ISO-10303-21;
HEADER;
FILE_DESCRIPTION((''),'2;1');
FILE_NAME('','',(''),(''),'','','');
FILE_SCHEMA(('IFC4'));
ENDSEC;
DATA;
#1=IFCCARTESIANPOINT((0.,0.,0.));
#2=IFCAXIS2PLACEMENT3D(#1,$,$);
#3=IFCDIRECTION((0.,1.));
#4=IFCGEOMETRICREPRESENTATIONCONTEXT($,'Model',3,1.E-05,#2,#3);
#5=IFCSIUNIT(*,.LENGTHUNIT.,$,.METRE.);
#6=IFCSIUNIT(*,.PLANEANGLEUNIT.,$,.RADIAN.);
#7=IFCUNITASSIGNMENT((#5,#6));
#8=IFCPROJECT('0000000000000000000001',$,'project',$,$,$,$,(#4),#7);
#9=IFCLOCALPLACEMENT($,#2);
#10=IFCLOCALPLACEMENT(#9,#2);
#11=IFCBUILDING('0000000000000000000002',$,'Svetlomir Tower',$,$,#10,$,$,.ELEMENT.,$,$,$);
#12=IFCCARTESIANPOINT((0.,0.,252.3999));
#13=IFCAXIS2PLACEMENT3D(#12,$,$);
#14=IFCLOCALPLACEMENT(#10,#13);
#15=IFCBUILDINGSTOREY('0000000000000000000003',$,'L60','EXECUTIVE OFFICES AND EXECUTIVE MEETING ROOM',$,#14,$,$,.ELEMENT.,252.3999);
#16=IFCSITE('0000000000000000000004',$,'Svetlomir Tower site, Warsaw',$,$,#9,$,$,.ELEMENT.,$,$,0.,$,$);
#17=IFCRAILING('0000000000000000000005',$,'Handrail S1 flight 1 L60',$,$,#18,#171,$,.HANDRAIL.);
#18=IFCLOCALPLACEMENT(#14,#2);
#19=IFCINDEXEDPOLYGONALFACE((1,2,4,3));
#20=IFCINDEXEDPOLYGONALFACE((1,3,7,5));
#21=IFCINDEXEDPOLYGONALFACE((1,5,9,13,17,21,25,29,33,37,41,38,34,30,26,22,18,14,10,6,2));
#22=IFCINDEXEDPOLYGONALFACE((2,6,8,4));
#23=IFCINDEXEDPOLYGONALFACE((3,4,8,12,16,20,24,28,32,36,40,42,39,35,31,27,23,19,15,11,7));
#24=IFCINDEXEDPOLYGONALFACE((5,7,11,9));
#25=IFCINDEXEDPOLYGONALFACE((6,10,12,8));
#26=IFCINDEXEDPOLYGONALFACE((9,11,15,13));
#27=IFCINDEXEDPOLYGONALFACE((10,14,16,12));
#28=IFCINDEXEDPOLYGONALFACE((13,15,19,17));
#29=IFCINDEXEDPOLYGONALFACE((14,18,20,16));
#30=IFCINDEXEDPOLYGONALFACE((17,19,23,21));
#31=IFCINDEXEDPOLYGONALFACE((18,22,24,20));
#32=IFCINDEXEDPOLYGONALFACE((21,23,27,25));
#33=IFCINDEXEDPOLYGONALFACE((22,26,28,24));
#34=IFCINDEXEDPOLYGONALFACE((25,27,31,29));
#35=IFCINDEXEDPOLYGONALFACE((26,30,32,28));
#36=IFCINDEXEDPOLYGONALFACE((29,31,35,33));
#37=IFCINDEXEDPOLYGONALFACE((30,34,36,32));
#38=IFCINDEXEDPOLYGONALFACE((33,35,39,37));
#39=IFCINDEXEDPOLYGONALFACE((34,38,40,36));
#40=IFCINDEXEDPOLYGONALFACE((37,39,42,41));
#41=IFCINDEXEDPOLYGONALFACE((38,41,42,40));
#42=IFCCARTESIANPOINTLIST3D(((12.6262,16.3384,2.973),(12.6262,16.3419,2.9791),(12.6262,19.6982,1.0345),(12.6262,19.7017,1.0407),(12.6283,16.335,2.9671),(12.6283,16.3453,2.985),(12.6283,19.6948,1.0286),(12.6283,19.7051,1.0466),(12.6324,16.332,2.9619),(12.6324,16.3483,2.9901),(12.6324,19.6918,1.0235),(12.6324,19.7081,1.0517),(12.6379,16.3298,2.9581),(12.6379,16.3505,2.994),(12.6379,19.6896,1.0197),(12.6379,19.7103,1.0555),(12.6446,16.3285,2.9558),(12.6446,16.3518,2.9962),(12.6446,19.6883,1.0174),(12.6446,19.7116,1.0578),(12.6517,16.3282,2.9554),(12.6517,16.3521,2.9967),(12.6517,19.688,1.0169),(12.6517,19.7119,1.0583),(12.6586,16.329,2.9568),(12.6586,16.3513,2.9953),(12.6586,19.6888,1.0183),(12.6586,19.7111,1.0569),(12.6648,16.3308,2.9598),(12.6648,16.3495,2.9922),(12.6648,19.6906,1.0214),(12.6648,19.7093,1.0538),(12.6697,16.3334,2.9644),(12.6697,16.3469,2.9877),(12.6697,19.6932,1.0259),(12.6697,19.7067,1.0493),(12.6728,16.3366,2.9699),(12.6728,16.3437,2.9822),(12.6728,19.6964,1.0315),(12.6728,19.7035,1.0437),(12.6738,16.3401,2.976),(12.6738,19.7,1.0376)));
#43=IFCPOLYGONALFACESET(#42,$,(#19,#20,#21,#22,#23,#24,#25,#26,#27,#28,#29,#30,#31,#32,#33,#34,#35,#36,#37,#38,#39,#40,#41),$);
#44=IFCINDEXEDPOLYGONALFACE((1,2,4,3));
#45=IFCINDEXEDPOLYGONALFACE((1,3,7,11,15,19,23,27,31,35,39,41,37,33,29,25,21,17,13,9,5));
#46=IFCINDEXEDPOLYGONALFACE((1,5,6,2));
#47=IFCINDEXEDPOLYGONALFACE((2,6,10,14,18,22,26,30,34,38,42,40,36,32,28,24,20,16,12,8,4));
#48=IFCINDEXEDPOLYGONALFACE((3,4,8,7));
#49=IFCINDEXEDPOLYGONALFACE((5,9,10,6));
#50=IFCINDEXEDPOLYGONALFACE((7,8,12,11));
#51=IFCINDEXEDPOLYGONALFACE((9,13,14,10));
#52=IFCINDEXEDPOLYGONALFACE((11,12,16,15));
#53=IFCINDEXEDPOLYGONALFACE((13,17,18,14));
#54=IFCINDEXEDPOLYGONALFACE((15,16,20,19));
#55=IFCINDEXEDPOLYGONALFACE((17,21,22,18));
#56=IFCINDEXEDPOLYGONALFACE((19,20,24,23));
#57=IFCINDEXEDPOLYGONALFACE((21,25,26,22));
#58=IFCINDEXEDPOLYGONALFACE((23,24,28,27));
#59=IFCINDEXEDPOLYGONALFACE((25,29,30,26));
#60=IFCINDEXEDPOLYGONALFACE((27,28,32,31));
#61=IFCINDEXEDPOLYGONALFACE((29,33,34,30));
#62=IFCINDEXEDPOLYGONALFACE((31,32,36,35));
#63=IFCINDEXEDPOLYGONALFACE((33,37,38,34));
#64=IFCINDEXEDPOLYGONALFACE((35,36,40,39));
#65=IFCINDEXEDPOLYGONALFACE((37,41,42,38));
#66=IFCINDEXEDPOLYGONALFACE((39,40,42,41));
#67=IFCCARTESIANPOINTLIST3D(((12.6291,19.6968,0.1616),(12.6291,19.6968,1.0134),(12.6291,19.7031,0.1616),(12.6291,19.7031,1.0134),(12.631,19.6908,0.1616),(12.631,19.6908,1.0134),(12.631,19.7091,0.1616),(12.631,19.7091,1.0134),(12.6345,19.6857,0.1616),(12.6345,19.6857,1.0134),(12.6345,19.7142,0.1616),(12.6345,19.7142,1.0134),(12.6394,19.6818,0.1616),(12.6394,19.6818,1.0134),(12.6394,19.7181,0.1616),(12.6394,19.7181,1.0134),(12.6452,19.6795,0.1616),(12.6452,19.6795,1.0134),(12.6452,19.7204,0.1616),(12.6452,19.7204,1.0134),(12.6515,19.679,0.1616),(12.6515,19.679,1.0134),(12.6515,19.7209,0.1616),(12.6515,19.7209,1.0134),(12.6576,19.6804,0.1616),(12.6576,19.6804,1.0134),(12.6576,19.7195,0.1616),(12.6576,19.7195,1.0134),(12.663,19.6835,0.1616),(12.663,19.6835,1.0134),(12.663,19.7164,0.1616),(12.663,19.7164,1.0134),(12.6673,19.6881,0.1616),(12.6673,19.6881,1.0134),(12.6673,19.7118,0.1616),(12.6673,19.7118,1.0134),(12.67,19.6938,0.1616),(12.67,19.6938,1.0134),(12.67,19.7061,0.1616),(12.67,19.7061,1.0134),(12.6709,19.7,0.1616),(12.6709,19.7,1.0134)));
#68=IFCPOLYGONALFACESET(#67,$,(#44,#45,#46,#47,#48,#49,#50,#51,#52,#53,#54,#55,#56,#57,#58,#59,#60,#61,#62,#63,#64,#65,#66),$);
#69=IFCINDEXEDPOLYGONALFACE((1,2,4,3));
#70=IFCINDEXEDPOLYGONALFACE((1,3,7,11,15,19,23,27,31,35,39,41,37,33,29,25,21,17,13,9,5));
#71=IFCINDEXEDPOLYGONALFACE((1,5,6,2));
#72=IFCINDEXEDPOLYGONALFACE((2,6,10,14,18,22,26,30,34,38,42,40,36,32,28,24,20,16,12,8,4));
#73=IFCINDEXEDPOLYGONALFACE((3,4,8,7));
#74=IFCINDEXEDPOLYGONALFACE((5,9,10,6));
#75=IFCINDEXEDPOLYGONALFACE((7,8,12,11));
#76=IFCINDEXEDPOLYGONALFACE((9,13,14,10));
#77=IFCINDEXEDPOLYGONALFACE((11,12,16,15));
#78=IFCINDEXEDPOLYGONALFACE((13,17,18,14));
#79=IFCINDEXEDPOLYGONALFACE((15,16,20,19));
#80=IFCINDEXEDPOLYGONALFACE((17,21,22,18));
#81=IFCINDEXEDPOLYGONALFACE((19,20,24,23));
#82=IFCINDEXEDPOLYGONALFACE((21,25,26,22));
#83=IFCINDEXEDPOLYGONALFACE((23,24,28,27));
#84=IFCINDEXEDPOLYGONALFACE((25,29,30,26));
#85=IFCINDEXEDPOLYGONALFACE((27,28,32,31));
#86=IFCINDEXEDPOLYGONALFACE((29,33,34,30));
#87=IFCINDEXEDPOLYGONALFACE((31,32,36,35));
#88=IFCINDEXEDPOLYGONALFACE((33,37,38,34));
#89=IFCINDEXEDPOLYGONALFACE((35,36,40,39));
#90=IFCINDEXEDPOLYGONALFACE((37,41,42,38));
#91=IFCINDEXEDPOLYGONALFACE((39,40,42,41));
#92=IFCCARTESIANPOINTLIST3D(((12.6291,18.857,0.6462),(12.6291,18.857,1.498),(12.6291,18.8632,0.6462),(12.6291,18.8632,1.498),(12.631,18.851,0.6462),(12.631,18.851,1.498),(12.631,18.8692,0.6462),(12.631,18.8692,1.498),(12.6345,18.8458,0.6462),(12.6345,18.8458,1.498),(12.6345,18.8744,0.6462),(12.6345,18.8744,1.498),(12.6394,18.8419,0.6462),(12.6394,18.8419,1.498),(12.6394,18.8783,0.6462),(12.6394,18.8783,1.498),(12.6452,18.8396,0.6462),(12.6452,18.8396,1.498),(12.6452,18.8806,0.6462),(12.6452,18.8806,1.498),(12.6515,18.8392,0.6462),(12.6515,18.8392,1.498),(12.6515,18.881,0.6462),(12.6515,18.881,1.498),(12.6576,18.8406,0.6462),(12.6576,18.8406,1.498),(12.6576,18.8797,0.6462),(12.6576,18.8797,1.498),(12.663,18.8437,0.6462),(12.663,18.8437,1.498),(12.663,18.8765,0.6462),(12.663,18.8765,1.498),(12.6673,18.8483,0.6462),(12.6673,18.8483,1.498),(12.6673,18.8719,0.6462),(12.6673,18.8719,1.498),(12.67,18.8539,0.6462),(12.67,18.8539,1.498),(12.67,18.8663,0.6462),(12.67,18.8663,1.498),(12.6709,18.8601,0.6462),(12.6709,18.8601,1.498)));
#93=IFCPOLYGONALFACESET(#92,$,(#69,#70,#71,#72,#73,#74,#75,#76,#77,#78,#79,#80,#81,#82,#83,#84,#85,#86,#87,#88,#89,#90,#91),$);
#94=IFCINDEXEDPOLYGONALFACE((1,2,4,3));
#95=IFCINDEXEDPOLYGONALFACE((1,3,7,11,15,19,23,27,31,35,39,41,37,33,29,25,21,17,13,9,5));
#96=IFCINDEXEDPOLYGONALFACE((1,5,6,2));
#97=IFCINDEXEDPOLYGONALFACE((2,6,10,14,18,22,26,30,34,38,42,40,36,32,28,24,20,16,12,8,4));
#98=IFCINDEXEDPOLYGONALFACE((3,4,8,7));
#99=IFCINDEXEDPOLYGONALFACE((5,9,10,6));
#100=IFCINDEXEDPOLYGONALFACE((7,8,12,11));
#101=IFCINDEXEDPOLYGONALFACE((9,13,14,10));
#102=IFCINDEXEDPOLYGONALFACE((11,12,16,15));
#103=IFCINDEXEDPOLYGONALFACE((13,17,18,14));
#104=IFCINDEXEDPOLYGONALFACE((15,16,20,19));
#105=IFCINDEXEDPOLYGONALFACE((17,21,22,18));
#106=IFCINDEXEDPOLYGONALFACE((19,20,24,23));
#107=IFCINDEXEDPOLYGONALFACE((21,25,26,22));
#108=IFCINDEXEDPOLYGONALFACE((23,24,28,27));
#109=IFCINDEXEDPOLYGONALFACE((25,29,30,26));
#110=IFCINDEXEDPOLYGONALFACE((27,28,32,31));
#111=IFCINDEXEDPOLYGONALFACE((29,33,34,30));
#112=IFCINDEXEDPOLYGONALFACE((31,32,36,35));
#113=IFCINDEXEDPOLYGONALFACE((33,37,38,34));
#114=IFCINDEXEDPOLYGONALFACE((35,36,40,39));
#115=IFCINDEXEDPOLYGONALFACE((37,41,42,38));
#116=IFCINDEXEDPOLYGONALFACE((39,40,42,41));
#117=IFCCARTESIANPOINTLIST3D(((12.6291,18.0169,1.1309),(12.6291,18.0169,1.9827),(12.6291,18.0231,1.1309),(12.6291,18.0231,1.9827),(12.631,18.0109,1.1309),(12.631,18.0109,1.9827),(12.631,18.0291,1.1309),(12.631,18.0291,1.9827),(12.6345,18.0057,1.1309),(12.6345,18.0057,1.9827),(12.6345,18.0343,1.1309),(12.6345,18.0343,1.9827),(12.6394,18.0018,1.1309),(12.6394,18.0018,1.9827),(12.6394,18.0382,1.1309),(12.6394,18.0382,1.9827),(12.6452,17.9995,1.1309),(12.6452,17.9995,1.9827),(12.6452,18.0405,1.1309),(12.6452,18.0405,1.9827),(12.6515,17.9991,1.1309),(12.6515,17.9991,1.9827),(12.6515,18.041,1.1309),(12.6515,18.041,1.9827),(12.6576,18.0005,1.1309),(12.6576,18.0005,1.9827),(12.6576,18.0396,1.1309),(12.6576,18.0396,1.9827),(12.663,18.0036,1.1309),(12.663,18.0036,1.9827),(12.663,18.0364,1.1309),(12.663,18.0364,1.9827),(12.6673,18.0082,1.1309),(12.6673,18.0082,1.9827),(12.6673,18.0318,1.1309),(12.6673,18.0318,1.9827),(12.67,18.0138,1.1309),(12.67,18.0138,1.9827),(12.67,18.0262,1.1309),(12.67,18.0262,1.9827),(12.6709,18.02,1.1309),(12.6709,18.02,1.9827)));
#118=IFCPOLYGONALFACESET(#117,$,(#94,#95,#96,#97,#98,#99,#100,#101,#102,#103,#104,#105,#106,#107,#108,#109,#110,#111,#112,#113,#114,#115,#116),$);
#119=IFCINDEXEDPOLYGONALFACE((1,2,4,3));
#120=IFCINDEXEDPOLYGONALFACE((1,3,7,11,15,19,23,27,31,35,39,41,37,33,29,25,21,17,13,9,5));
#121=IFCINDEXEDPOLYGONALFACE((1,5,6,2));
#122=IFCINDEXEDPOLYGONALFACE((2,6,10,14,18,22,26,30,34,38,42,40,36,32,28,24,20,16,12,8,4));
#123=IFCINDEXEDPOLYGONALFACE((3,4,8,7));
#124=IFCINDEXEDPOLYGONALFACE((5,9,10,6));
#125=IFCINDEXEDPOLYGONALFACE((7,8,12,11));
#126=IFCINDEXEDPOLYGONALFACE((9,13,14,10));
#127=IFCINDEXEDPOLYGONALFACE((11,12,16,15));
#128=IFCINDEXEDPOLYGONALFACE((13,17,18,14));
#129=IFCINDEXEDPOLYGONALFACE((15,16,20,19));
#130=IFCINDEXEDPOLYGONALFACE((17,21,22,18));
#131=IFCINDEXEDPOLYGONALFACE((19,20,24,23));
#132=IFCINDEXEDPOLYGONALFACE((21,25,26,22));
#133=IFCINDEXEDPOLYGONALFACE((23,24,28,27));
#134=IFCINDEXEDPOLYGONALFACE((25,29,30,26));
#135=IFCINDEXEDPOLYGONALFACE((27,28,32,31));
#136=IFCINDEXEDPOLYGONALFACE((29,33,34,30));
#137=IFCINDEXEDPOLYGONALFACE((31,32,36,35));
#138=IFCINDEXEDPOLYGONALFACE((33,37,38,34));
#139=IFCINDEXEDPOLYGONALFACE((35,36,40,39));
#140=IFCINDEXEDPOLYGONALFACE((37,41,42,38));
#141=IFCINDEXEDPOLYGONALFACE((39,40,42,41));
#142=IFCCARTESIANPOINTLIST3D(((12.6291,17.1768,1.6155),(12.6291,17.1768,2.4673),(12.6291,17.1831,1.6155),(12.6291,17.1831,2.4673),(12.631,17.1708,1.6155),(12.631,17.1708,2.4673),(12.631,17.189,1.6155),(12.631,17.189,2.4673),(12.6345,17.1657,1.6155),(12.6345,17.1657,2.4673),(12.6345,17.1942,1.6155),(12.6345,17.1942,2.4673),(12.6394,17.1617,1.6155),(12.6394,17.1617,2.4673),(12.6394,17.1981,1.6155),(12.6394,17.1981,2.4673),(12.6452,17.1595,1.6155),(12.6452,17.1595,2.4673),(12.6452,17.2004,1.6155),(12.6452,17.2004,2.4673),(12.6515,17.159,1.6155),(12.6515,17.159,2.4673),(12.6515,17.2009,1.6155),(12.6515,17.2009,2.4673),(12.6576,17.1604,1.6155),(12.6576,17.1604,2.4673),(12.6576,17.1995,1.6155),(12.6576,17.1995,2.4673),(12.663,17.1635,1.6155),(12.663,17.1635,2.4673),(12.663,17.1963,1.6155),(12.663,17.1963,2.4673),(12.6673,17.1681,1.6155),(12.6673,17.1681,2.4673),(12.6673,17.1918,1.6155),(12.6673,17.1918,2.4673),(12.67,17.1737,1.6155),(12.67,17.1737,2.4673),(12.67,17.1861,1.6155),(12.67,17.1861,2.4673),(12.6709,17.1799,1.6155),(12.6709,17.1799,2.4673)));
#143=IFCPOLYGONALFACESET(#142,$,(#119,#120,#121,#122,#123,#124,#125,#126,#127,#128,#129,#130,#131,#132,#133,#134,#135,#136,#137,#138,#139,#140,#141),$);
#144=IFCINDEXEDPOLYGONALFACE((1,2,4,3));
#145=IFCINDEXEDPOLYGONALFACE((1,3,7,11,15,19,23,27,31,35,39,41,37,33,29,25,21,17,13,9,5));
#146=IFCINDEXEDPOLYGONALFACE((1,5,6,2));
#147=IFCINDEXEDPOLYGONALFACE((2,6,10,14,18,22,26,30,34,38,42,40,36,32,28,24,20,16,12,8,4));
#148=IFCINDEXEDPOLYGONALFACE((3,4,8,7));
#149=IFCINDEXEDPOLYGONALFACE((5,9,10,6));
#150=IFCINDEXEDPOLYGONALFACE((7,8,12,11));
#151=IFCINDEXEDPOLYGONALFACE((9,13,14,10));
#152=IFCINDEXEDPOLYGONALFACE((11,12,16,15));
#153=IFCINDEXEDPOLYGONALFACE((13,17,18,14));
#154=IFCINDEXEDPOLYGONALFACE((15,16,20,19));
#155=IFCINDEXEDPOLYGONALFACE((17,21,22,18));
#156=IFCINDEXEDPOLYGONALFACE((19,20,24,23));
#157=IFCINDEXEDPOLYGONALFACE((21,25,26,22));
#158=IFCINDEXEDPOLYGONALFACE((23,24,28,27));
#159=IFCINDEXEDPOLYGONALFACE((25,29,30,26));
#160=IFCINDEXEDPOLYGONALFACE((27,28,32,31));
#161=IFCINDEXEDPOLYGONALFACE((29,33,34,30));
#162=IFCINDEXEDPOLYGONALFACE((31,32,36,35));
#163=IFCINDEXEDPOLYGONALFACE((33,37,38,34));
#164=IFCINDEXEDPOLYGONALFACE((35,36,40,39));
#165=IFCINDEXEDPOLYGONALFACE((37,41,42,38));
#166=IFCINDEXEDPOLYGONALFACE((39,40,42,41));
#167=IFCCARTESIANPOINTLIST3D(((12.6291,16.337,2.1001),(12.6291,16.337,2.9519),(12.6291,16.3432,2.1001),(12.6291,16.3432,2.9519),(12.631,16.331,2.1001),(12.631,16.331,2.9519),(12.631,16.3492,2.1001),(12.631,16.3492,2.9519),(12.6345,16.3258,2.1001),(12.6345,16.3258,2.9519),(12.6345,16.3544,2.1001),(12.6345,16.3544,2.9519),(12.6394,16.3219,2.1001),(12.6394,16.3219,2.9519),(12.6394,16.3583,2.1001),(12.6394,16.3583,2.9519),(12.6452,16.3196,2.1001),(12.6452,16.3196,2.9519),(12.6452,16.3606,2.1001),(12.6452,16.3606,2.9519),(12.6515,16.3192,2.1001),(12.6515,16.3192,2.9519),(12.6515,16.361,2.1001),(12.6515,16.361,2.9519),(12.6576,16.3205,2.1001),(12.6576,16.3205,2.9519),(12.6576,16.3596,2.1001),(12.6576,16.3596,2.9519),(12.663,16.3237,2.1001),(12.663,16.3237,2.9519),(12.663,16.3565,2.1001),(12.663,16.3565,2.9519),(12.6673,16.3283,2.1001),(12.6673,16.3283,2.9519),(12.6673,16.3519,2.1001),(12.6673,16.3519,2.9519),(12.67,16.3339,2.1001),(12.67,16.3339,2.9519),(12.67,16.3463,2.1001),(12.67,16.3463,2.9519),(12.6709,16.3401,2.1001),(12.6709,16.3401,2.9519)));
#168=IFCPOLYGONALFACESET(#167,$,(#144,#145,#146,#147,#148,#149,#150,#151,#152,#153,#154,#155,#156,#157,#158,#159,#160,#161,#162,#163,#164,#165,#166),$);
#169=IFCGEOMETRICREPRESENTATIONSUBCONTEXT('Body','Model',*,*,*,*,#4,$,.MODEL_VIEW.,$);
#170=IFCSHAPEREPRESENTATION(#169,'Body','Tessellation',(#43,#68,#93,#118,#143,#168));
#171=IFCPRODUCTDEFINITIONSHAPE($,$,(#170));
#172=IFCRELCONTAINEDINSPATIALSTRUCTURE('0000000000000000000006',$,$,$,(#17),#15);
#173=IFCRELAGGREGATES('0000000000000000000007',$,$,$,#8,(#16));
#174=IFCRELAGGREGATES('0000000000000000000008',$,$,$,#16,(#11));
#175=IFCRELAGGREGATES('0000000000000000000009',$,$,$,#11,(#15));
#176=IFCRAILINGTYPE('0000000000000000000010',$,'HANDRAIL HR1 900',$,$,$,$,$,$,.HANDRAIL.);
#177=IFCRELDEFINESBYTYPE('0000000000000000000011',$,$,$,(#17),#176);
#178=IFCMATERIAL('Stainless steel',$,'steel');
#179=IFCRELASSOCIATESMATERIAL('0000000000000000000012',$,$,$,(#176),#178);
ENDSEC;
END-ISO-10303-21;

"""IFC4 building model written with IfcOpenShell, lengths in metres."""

from ifc_helpers import new_model, si_unit, direction, frame, origin, origin_2d, place, context, subcontext, project, spatial, circle, extrude, material, type_object, element, save


model = new_model("IFC4")

# Units and contexts
model_context = context("Model", 3, precision=1e-05, world=origin(), true_north=direction((0.0, 1.0)))
body_context = subcontext(model_context, "Body", "Model", "MODEL_VIEW")
ifc_project = project(units=[si_unit("LENGTHUNIT", "METRE"), si_unit("PLANEANGLEUNIT", "RADIAN")], contexts=[model_context])

# Site, building, storey
site_placement = place(None, origin())
site = spatial("IfcSite", under=ifc_project, at=site_placement, Name="Svetlomir Tower site, Warsaw", CompositionType="ELEMENT", RefElevation=0.0)
building_placement = place(site_placement, origin())
building = spatial("IfcBuilding", under=site, at=building_placement, Name="Svetlomir Tower", CompositionType="ELEMENT")
storey_placement = place(building_placement, frame((0.0, 0.0, 252.3999)))
storey = spatial("IfcBuildingStorey", under=building, at=storey_placement, Name="L60", Description="EXECUTIVE OFFICES AND EXECUTIVE MEETING ROOM", CompositionType="ELEMENT", Elevation=252.3999)

# Railing
ifc_material_1 = material(Name="Stainless steel", Category="steel")
railing_type = type_object("IfcRailingType", Name="HANDRAIL HR1 900", PredefinedType="HANDRAIL", material=ifc_material_1)
railing_placement = place(storey_placement, frame((12.6499, 19.7, 0.1616)))
element("IfcRailing", 1, at=railing_placement, inside=storey, type_object=railing_type, Name="Handrail S1 flight 1 L60", PredefinedType="HANDRAIL", context=body_context, shape_type="SweptSolid", body=[
    extrude(circle(Radius=0.0239, at=origin_2d()), frame((0.0, 0.0, 0.876), z_axis=(0.0, -0.866175, 0.499741), x_axis=(1.0, 0.0, 0.0)), (0.0, 0.0, 1.0), 3.8789),
    extrude(circle(Radius=0.021, at=origin_2d()), origin(), (0.0, 0.0, 1.0), 0.8518),
    extrude(circle(Radius=0.021, at=origin_2d()), frame((0.0, -0.8398, 0.4846)), (0.0, 0.0, 1.0), 0.8518),
    extrude(circle(Radius=0.021, at=origin_2d()), frame((0.0, -1.6799, 0.9692)), (0.0, 0.0, 1.0), 0.8518),
    extrude(circle(Radius=0.021, at=origin_2d()), frame((0.0, -2.52, 1.4539)), (0.0, 0.0, 1.0), 0.8518),
    extrude(circle(Radius=0.021, at=origin_2d()), frame((0.0, -3.3599, 1.9385)), (0.0, 0.0, 1.0), 0.8518),
])

save(model, "model.ifc")
